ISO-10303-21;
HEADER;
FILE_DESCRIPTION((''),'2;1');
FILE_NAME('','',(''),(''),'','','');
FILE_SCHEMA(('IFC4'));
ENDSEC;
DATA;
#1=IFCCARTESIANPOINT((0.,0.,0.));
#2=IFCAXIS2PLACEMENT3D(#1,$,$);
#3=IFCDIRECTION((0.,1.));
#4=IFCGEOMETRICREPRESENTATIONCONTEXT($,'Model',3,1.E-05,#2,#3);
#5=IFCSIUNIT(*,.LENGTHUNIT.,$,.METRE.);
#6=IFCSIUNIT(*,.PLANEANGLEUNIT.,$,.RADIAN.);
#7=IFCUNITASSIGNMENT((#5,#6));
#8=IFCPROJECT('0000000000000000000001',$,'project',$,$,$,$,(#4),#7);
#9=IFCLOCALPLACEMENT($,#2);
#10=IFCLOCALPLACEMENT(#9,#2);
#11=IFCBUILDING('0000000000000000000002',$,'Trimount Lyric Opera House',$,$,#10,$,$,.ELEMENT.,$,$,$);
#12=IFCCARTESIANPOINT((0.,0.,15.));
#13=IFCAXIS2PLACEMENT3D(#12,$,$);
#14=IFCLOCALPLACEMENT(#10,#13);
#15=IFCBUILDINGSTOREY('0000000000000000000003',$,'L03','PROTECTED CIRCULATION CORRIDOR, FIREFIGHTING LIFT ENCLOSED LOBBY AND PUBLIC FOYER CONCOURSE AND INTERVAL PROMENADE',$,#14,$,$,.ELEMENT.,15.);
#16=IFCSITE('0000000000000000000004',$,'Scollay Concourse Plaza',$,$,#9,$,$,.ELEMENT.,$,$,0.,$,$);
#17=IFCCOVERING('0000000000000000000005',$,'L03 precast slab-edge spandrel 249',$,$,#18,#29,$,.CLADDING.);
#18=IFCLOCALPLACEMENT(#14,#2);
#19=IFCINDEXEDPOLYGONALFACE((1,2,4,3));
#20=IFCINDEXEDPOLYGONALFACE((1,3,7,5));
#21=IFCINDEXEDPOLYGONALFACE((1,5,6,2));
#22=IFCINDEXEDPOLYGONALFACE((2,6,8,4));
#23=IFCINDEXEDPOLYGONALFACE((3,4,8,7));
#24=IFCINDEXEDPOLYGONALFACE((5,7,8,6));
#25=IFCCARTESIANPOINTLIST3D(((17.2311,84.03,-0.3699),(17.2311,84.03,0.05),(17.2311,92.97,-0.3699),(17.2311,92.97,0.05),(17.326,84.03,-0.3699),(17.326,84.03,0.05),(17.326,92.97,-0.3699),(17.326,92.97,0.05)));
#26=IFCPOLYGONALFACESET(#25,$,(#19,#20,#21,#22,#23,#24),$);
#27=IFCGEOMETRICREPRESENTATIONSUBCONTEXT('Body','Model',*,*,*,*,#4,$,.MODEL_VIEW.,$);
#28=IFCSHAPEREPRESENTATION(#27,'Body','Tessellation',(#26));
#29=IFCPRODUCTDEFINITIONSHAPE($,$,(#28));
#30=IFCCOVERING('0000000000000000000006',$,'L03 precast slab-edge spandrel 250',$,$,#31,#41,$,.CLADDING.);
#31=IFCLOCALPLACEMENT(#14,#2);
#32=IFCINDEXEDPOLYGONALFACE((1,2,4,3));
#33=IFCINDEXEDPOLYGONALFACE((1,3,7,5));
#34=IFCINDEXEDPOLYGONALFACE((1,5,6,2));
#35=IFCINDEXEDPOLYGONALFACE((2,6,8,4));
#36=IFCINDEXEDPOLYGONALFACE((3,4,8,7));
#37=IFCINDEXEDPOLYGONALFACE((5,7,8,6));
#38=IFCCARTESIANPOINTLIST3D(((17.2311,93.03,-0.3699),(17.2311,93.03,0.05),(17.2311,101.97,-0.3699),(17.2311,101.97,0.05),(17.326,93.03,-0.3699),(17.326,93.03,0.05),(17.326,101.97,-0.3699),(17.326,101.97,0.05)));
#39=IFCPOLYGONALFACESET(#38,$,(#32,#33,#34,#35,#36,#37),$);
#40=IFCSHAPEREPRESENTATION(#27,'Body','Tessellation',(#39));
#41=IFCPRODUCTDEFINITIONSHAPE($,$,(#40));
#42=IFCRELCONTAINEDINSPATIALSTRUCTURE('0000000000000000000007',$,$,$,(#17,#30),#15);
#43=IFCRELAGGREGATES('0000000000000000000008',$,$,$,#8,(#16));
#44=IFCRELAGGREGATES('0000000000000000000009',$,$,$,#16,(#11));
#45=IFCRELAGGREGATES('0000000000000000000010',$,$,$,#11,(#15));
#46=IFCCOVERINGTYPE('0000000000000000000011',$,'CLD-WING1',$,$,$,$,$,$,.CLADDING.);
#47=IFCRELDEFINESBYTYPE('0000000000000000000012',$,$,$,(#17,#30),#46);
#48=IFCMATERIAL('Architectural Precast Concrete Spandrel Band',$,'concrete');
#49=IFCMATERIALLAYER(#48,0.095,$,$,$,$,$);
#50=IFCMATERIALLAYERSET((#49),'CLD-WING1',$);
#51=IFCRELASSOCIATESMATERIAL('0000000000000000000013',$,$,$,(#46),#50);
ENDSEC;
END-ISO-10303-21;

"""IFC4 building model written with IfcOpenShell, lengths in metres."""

from ifc_helpers import new_model, si_unit, direction, frame, origin, origin_2d, place, context, subcontext, project, spatial, rectangle, extrude, material, layer, layer_set, type_object, element, save


model = new_model("IFC4")

# Units and contexts
model_context = context("Model", 3, precision=1e-05, world=origin(), true_north=direction((0.0, 1.0)))
body_context = subcontext(model_context, "Body", "Model", "MODEL_VIEW")
ifc_project = project(units=[si_unit("LENGTHUNIT", "METRE"), si_unit("PLANEANGLEUNIT", "RADIAN")], contexts=[model_context])

# Site, building, storey
site_placement = place(None, origin())
site = spatial("IfcSite", under=ifc_project, at=site_placement, Name="Scollay Concourse Plaza", CompositionType="ELEMENT", RefElevation=0.0)
building_placement = place(site_placement, origin())
building = spatial("IfcBuilding", under=site, at=building_placement, Name="Trimount Lyric Opera House", CompositionType="ELEMENT")
storey_placement = place(building_placement, frame((0.0, 0.0, 15.0)))
storey = spatial("IfcBuildingStorey", under=building, at=storey_placement, Name="L03", Description="PROTECTED CIRCULATION CORRIDOR, FIREFIGHTING LIFT ENCLOSED LOBBY AND PUBLIC FOYER CONCOURSE AND INTERVAL PROMENADE", CompositionType="ELEMENT", Elevation=15.0)

# Coverings
ifc_material_1 = material(Name="Architectural Precast Concrete Spandrel Band", Category="concrete")
ifc_layer_1 = layer(ifc_material_1, 0.095)
ifc_layer_set_1 = layer_set([ifc_layer_1], Name="CLD-WING1")
covering_type = type_object("IfcCoveringType", Name="CLD-WING1", PredefinedType="CLADDING", material=ifc_layer_set_1)
for number, where, z_axis, x_axis, name in (
    (1, (17.2786, 88.5, -0.3699), (0.0, 0.0, 1.0), (0.0, 1.0, 0.0), "L03 precast slab-edge spandrel 249"),
    (2, (17.2786, 97.5, -0.3699), (0.0, 0.0, 1.0), (0.0, 1.0, 0.0), "L03 precast slab-edge spandrel 250"),
):
    element("IfcCovering", number, at=place(storey_placement, frame(where, z_axis=z_axis, x_axis=x_axis)), inside=storey, type_object=covering_type, Name=name, PredefinedType="CLADDING", context=body_context, shape_type="SweptSolid", body=[
        extrude(rectangle(XDim=8.9399, YDim=0.095, at=origin_2d()), origin(), (0.0, 0.0, 1.0), 0.4199),
    ])

save(model, "model.ifc")
